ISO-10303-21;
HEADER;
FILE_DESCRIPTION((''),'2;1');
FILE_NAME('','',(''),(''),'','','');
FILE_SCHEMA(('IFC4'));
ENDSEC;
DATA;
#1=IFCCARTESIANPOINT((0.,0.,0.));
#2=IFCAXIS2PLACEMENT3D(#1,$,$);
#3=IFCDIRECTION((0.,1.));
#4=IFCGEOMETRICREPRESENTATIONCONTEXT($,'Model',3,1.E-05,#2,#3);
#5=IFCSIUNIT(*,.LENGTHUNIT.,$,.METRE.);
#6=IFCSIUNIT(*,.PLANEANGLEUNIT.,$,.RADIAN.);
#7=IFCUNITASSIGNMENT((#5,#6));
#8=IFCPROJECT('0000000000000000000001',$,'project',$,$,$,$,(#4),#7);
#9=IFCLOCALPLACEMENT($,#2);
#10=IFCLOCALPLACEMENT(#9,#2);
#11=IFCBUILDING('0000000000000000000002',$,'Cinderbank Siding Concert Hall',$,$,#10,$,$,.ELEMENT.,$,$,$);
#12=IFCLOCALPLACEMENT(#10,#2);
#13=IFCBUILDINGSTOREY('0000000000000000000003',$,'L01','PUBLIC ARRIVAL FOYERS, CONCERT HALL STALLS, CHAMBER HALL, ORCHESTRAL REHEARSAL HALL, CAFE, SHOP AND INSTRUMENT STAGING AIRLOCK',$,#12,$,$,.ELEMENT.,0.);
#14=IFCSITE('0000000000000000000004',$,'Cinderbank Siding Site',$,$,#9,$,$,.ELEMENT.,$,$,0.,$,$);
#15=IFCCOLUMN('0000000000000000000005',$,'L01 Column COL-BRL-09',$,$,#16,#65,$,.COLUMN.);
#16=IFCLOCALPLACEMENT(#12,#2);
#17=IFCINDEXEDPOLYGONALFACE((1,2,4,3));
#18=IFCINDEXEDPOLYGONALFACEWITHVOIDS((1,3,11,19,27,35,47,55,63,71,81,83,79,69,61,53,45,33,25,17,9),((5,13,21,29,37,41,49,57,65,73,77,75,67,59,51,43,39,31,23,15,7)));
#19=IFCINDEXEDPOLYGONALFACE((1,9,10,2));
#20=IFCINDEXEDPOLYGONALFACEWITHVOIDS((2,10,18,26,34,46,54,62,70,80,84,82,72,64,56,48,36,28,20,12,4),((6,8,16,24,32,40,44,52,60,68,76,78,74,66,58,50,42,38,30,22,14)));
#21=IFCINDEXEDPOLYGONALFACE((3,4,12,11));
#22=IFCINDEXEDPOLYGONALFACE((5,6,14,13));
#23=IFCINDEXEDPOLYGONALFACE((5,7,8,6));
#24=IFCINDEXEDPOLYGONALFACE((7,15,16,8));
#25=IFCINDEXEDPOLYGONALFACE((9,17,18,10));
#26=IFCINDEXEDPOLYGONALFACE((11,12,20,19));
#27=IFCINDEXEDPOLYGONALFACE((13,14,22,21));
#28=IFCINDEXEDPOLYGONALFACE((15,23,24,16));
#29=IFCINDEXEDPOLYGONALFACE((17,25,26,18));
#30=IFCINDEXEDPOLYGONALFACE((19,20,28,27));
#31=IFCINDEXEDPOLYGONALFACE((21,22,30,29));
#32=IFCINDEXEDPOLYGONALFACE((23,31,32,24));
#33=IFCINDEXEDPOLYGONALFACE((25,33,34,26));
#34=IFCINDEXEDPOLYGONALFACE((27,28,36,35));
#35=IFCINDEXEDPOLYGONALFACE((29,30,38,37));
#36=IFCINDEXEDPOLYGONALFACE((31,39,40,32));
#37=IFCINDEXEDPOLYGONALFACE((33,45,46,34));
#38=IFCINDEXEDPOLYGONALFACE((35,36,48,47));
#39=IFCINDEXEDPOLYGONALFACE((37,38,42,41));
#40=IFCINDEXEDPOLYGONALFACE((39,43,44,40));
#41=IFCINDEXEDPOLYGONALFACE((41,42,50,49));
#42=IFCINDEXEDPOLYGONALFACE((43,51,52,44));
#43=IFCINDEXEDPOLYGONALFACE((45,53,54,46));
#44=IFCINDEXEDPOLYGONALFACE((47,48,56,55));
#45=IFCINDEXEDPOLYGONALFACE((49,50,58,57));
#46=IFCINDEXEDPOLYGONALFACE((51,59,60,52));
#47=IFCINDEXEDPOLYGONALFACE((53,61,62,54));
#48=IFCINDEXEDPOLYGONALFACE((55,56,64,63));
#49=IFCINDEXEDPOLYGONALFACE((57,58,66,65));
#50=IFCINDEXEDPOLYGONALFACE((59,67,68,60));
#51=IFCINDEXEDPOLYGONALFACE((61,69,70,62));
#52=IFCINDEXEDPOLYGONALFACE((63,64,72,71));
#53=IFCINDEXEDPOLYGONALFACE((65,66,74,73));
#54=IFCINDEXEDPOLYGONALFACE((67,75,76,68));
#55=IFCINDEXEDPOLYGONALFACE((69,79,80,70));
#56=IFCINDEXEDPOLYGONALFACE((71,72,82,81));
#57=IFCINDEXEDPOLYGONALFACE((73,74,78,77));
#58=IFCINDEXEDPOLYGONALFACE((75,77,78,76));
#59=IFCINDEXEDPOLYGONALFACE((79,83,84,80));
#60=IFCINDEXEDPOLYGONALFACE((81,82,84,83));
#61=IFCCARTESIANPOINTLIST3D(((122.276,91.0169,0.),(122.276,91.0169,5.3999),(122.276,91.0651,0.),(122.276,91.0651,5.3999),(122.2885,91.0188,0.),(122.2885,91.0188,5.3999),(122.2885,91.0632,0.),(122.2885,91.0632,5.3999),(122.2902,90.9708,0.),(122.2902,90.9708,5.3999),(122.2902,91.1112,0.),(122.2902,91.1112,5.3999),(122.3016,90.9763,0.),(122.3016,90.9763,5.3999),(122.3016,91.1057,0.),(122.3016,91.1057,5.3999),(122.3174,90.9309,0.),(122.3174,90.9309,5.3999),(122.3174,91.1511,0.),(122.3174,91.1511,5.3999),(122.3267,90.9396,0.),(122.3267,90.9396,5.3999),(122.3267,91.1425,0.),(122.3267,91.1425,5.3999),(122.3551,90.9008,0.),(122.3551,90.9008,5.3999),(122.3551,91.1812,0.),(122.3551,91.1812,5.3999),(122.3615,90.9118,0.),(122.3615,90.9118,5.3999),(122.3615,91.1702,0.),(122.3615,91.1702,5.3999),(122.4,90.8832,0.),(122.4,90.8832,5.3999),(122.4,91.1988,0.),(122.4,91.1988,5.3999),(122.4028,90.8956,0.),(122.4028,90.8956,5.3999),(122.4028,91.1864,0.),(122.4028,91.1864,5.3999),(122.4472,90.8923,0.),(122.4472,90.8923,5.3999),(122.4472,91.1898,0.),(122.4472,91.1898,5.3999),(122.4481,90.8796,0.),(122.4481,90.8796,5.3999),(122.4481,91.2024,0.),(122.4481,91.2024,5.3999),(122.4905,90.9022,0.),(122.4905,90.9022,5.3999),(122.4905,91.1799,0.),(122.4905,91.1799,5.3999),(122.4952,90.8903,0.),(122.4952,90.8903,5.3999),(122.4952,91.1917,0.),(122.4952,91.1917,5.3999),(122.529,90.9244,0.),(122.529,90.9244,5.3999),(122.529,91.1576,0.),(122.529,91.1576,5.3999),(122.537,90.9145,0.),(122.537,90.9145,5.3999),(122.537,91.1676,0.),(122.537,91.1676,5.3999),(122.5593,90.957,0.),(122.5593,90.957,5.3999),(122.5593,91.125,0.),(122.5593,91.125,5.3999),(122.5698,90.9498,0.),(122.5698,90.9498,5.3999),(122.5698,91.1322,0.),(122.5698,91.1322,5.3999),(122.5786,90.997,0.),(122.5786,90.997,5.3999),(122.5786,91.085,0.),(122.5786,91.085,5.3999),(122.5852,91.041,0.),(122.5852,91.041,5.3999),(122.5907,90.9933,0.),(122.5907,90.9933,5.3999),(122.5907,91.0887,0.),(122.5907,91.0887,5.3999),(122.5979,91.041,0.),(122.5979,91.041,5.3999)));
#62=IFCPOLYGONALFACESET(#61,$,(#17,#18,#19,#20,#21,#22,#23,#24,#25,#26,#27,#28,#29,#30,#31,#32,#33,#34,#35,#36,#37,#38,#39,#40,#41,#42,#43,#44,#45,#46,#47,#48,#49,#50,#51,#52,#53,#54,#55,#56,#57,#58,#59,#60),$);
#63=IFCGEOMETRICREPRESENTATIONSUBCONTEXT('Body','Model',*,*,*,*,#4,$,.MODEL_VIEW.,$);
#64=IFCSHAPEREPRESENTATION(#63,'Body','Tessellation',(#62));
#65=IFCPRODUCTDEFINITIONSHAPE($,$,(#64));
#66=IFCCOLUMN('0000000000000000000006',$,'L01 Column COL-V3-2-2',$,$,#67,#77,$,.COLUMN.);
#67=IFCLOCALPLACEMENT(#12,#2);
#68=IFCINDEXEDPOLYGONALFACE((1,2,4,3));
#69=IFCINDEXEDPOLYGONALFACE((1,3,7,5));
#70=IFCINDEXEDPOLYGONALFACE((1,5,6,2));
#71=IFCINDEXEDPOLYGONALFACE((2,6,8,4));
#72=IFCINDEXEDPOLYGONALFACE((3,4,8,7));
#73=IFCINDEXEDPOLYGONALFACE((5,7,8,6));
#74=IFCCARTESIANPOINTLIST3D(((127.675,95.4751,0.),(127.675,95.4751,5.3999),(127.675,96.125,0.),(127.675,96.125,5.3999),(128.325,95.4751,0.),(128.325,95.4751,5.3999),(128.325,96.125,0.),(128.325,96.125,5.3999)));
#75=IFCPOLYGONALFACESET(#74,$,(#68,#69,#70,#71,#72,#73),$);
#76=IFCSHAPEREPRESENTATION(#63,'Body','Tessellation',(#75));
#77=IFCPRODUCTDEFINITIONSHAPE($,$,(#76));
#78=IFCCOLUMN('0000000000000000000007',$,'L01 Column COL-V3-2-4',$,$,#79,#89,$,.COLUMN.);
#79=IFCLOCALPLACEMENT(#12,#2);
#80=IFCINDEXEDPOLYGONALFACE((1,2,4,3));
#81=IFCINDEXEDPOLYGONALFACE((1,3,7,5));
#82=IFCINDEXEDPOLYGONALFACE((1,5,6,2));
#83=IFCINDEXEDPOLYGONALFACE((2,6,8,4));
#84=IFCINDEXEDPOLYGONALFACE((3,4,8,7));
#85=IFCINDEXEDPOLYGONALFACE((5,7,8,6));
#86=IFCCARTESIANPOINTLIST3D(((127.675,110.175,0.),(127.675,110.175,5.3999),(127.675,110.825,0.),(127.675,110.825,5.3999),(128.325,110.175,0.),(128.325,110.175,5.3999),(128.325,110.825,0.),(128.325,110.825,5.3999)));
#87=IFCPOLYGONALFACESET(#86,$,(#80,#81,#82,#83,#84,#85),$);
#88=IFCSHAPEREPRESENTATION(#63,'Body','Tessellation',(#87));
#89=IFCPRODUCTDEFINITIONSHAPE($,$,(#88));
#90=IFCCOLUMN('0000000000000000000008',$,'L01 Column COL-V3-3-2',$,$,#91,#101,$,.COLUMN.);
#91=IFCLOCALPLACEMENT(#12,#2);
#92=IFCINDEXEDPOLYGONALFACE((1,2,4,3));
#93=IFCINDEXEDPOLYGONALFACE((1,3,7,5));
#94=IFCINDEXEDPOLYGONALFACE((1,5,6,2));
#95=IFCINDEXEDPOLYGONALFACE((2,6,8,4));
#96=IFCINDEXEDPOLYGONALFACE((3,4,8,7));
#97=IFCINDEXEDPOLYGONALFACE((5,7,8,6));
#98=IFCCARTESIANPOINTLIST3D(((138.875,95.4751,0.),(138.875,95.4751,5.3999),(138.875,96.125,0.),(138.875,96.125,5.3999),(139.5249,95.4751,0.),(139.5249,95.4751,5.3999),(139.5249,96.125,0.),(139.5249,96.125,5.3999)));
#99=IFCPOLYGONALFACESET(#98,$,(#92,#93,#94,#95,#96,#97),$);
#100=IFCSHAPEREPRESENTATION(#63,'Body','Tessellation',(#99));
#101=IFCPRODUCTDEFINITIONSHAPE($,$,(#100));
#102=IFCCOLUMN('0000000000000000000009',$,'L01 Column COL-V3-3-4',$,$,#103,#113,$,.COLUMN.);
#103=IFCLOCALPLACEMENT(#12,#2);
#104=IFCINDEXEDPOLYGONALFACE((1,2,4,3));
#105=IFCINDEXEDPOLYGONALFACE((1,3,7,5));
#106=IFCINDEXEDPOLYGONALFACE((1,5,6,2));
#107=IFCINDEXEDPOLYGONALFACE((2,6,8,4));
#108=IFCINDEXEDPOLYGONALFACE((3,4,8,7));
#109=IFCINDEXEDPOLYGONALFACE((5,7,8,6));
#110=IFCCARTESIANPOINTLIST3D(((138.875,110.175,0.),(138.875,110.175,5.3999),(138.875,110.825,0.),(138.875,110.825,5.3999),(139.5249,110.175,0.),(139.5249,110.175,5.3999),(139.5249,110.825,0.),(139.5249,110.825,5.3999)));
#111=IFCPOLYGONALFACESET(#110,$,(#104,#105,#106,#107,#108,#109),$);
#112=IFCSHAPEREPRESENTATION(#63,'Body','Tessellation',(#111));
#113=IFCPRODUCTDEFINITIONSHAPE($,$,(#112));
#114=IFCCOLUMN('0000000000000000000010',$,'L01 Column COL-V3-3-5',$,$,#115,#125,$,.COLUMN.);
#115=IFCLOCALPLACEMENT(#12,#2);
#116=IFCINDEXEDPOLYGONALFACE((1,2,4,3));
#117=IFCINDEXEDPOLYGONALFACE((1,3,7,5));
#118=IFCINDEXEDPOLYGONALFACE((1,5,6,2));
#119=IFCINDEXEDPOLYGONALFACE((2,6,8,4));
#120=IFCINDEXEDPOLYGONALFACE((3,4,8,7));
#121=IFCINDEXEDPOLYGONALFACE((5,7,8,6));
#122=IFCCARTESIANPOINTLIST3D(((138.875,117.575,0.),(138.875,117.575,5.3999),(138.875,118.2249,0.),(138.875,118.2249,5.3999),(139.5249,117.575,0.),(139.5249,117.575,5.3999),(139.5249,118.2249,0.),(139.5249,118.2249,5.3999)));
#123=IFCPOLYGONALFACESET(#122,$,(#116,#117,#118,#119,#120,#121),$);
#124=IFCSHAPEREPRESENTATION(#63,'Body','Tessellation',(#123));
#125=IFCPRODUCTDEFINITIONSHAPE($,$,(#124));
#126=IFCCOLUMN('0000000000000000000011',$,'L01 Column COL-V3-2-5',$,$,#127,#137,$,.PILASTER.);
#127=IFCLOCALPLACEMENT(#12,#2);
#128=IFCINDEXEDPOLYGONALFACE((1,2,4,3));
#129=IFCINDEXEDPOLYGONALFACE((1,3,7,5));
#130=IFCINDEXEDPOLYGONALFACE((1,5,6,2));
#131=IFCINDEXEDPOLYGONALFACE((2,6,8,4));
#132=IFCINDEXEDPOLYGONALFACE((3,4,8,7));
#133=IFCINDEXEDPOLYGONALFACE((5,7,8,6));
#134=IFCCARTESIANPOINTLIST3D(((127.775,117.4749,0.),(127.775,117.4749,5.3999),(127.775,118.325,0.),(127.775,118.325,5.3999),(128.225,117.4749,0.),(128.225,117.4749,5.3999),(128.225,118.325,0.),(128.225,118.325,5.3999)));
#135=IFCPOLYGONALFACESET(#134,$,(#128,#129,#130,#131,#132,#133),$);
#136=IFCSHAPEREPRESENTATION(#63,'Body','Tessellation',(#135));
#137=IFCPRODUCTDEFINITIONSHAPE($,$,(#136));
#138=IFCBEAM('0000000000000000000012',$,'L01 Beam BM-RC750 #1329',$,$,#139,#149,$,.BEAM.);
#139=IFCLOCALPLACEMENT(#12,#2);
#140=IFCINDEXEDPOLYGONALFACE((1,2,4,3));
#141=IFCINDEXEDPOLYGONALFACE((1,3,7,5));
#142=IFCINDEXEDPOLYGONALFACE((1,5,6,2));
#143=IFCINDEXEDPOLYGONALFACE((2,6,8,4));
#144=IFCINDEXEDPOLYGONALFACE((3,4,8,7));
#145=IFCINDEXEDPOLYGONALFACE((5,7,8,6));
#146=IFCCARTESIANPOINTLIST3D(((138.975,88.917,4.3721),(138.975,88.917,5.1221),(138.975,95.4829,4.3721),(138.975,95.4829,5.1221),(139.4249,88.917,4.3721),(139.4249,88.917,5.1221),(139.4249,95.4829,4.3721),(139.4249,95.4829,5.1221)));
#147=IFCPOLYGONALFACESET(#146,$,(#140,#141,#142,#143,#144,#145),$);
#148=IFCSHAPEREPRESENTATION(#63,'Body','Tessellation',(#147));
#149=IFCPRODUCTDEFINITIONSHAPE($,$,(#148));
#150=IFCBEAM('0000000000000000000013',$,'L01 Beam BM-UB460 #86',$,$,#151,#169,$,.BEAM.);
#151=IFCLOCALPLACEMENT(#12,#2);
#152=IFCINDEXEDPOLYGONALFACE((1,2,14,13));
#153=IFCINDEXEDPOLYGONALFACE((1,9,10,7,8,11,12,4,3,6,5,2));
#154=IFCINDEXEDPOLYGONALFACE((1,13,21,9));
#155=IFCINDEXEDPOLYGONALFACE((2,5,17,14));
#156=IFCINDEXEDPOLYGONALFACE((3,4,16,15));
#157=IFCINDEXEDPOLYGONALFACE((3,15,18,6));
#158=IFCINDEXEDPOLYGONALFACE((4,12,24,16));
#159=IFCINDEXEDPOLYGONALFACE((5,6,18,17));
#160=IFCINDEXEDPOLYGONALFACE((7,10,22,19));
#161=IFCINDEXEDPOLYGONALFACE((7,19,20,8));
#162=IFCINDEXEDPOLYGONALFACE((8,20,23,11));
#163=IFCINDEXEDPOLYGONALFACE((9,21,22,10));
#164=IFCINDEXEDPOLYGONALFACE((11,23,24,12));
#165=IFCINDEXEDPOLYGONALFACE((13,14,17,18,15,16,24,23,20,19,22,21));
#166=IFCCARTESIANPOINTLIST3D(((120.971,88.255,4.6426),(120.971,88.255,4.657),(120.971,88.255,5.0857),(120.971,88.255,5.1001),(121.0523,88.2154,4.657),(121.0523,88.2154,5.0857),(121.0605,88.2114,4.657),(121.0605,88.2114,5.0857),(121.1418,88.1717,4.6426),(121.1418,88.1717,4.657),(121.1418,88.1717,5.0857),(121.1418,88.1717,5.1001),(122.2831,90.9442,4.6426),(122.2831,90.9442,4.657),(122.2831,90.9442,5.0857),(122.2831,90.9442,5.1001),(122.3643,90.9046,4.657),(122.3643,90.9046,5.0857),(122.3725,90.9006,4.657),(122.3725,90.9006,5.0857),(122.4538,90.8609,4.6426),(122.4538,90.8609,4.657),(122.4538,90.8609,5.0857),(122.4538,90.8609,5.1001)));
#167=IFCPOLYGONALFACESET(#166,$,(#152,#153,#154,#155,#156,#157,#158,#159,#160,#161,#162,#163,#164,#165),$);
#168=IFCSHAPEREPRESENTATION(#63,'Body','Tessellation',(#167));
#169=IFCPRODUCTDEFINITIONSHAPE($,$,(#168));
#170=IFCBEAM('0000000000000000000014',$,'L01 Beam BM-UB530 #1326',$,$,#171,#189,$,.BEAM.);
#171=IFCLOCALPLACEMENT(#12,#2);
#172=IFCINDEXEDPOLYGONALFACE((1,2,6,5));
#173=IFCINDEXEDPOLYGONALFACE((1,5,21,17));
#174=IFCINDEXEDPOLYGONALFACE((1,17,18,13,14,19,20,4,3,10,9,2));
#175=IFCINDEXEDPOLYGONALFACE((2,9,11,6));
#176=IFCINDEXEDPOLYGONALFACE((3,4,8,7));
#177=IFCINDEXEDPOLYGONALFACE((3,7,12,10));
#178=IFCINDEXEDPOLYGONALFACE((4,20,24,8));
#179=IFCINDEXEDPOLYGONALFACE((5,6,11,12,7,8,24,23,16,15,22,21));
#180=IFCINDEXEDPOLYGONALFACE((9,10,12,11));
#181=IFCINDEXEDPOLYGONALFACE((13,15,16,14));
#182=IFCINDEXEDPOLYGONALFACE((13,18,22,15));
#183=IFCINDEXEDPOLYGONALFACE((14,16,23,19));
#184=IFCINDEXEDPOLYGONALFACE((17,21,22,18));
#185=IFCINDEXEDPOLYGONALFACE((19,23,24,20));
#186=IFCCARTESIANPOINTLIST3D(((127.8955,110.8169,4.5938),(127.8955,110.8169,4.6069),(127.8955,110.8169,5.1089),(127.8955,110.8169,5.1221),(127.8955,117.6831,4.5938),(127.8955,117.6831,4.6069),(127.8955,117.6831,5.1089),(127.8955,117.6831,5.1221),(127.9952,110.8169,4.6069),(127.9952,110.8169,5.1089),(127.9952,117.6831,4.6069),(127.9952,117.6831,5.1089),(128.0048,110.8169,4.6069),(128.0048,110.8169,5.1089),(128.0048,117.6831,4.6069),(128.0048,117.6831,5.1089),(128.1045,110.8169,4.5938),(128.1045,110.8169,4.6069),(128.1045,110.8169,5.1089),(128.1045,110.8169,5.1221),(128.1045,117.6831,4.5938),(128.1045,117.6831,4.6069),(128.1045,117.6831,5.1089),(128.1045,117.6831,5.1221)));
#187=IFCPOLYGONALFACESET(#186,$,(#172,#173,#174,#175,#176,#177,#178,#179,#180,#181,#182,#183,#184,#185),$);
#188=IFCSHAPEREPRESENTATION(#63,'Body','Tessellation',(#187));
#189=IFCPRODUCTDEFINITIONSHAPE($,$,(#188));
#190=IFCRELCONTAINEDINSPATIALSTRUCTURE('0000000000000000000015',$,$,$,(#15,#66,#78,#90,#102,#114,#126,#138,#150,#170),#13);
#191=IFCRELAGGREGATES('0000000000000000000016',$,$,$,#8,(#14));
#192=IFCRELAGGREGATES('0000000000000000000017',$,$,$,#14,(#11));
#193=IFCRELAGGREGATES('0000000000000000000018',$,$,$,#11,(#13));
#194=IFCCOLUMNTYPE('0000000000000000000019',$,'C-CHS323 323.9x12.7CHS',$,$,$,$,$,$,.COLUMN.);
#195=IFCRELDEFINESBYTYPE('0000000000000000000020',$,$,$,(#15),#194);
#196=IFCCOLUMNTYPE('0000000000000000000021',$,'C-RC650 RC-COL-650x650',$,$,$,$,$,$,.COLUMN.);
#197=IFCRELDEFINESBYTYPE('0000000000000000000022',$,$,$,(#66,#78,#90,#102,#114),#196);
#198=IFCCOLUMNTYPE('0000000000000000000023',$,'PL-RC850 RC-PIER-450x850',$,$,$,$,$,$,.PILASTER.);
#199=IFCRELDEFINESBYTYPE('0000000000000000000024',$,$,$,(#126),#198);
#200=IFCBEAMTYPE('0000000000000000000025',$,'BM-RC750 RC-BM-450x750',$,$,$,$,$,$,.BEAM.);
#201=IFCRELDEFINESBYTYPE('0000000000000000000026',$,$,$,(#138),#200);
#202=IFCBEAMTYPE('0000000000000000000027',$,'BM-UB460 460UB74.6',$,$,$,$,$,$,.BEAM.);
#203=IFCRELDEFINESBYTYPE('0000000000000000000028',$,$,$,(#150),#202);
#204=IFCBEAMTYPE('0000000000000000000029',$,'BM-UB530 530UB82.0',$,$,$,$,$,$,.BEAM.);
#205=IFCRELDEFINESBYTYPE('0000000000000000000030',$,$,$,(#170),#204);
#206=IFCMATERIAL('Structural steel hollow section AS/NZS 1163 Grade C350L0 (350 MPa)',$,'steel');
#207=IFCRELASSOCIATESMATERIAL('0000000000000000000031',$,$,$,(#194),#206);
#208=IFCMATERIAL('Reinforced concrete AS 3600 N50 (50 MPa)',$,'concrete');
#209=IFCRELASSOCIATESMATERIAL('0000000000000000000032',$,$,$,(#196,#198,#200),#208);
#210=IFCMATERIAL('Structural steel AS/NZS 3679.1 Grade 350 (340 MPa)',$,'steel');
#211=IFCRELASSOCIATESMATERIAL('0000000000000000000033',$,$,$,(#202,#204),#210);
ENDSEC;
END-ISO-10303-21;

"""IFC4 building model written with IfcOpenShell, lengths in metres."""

from ifc_helpers import new_model, si_unit, direction, frame, origin, origin_2d, place, context, subcontext, project, spatial, rectangle, hollow_circle, i_section, extrude, material, material_profile, profile_set, type_object, element, save


model = new_model("IFC4")

# Units and contexts
model_context = context("Model", 3, precision=1e-05, world=origin(), true_north=direction((0.0, 1.0)))
body_context = subcontext(model_context, "Body", "Model", "MODEL_VIEW")
ifc_project = project(units=[si_unit("LENGTHUNIT", "METRE"), si_unit("PLANEANGLEUNIT", "RADIAN")], contexts=[model_context])

# Site, building, storey
site_placement = place(None, origin())
site = spatial("IfcSite", under=ifc_project, at=site_placement, Name="Cinderbank Siding Site", CompositionType="ELEMENT", RefElevation=0.0)
building_placement = place(site_placement, origin())
building = spatial("IfcBuilding", under=site, at=building_placement, Name="Cinderbank Siding Concert Hall", CompositionType="ELEMENT")
storey_placement = place(building_placement, origin())
storey = spatial("IfcBuildingStorey", under=building, at=storey_placement, Name="L01", Description="PUBLIC ARRIVAL FOYERS, CONCERT HALL STALLS, CHAMBER HALL, ORCHESTRAL REHEARSAL HALL, CAFE, SHOP AND INSTRUMENT STAGING AIRLOCK", CompositionType="ELEMENT", Elevation=0.0)

# Columns
ifc_material_1 = material(Name="Structural steel hollow section AS/NZS 1163 Grade C350L0 (350 MPa)", Category="steel")
ifc_material_profile_1 = material_profile(ifc_material_1, hollow_circle(Radius=0.1619, WallThickness=0.0127, at=origin_2d()), Name="323.9x12.7CHS", Category="LoadBearing")
ifc_profile_set_1 = profile_set([ifc_material_profile_1], Name="Structural steel hollow section AS/NZS 1163 Grade C350L0 (350 MPa)")
column_type_1 = type_object("IfcColumnType", Name="C-CHS323 323.9x12.7CHS", PredefinedType="COLUMN", material=ifc_profile_set_1)
column_1_placement = place(storey_placement, frame((122.436, 91.041, 0.0), z_axis=(0.0, 0.0, 1.0), x_axis=(1.0, 0.0, 0.0)))
element("IfcColumn", 1, at=column_1_placement, inside=storey, type_object=column_type_1, Name="L01 Column COL-BRL-09", PredefinedType="COLUMN", context=body_context, shape_type="SweptSolid", body=[
    extrude(hollow_circle(Radius=0.1619, WallThickness=0.0127, at=origin_2d()), origin(), (0.0, 0.0, 1.0), 5.3999),
])
ifc_material_2 = material(Name="Reinforced concrete AS 3600 N50 (50 MPa)", Category="concrete")
ifc_material_profile_2 = material_profile(ifc_material_2, rectangle(XDim=0.6499, YDim=0.6499, at=origin_2d()), Name="RC-COL-650x650", Category="LoadBearing")
ifc_profile_set_2 = profile_set([ifc_material_profile_2], Name="Reinforced concrete AS 3600 N50 (50 MPa)")
column_type_2 = type_object("IfcColumnType", Name="C-RC650 RC-COL-650x650", PredefinedType="COLUMN", material=ifc_profile_set_2)
for number, where, z_axis, x_axis, name in (
    (2, (128.0, 95.8, 0.0), (0.0, 0.0, 1.0), (1.0, 0.0, 0.0), "L01 Column COL-V3-2-2"),
    (3, (128.0, 110.5, 0.0), (0.0, 0.0, 1.0), (1.0, 0.0, 0.0), "L01 Column COL-V3-2-4"),
    (4, (139.2, 95.8, 0.0), (0.0, 0.0, 1.0), (1.0, 0.0, 0.0), "L01 Column COL-V3-3-2"),
    (5, (139.2, 110.5, 0.0), (0.0, 0.0, 1.0), (1.0, 0.0, 0.0), "L01 Column COL-V3-3-4"),
    (6, (139.2, 117.8999, 0.0), (0.0, 0.0, 1.0), (1.0, 0.0, 0.0), "L01 Column COL-V3-3-5"),
):
    element("IfcColumn", number, at=place(storey_placement, frame(where, z_axis=z_axis, x_axis=x_axis)), inside=storey, type_object=column_type_2, Name=name, PredefinedType="COLUMN", context=body_context, shape_type="SweptSolid", body=[
        extrude(rectangle(XDim=0.6499, YDim=0.6499, at=origin_2d()), origin(), (0.0, 0.0, 1.0), 5.3999),
    ])
ifc_material_profile_3 = material_profile(ifc_material_2, rectangle(XDim=0.45, YDim=0.8501, at=origin_2d()), Name="RC-PIER-450x850", Category="LoadBearing")
ifc_profile_set_3 = profile_set([ifc_material_profile_3], Name="Reinforced concrete AS 3600 N50 (50 MPa)")
column_type_3 = type_object("IfcColumnType", Name="PL-RC850 RC-PIER-450x850", PredefinedType="PILASTER", material=ifc_profile_set_3)
column_2_placement = place(storey_placement, frame((128.0, 117.8999, 0.0), z_axis=(0.0, 0.0, 1.0), x_axis=(1.0, 0.0, 0.0)))
element("IfcColumn", 7, at=column_2_placement, inside=storey, type_object=column_type_3, Name="L01 Column COL-V3-2-5", PredefinedType="PILASTER", context=body_context, shape_type="SweptSolid", body=[
    extrude(rectangle(XDim=0.45, YDim=0.8501, at=origin_2d()), origin(), (0.0, 0.0, 1.0), 5.3999),
])

# Beams
ifc_material_profile_4 = material_profile(ifc_material_2, rectangle(XDim=0.45, YDim=0.75, at=origin_2d()), Name="RC-BM-450x750", Category="LoadBearing")
ifc_profile_set_4 = profile_set([ifc_material_profile_4], Name="Reinforced concrete AS 3600 N50 (50 MPa)")
beam_type_1 = type_object("IfcBeamType", Name="BM-RC750 RC-BM-450x750", PredefinedType="BEAM", material=ifc_profile_set_4)
beam_1_placement = place(storey_placement, frame((139.2, 88.917, 4.7471), z_axis=(0.0, 1.0, 0.0), x_axis=(-1.0, 0.0, 0.0)))
element("IfcBeam", 8, at=beam_1_placement, inside=storey, type_object=beam_type_1, Name="L01 Beam BM-RC750 #1329", PredefinedType="BEAM", context=body_context, shape_type="SweptSolid", body=[
    extrude(rectangle(XDim=0.45, YDim=0.75, at=origin_2d()), origin(), (0.0, 0.0, 1.0), 6.5659),
])
ifc_material_3 = material(Name="Structural steel AS/NZS 3679.1 Grade 350 (340 MPa)", Category="steel")
ifc_material_profile_5 = material_profile(ifc_material_3, i_section(OverallWidth=0.1899, OverallDepth=0.4575, WebThickness=0.009, FlangeThickness=0.0144, at=origin_2d()), Name="460UB74.6", Category="LoadBearing")
ifc_profile_set_5 = profile_set([ifc_material_profile_5], Name="Structural steel AS/NZS 3679.1 Grade 350 (340 MPa)")
beam_type_2 = type_object("IfcBeamType", Name="BM-UB460 460UB74.6", PredefinedType="BEAM", material=ifc_profile_set_5)
beam_2_placement = place(storey_placement, frame((122.3684, 90.9026, 4.8713), z_axis=(-0.438478, -0.898742, 0.0), x_axis=(0.898742, -0.438478, 0.0)))
element("IfcBeam", 9, at=beam_2_placement, inside=storey, type_object=beam_type_2, Name="L01 Beam BM-UB460 #86", PredefinedType="BEAM", context=body_context, shape_type="SweptSolid", body=[
    extrude(i_section(OverallWidth=0.1899, OverallDepth=0.4575, WebThickness=0.009, FlangeThickness=0.0144, at=origin_2d()), origin(), (0.0, 0.0, 1.0), 2.9922),
])
ifc_material_profile_6 = material_profile(ifc_material_3, i_section(OverallWidth=0.209, OverallDepth=0.5283, WebThickness=0.0095, FlangeThickness=0.0132, at=origin_2d()), Name="530UB82.0", Category="LoadBearing")
ifc_profile_set_6 = profile_set([ifc_material_profile_6], Name="Structural steel AS/NZS 3679.1 Grade 350 (340 MPa)")
beam_type_3 = type_object("IfcBeamType", Name="BM-UB530 530UB82.0", PredefinedType="BEAM", material=ifc_profile_set_6)
beam_3_placement = place(storey_placement, frame((128.0, 110.8169, 4.8579), z_axis=(0.0, 1.0, 0.0), x_axis=(-1.0, 0.0, 0.0)))
element("IfcBeam", 10, at=beam_3_placement, inside=storey, type_object=beam_type_3, Name="L01 Beam BM-UB530 #1326", PredefinedType="BEAM", context=body_context, shape_type="SweptSolid", body=[
    extrude(i_section(OverallWidth=0.209, OverallDepth=0.5283, WebThickness=0.0095, FlangeThickness=0.0132, at=origin_2d()), origin(), (0.0, 0.0, 1.0), 6.8662),
])

save(model, "model.ifc")
